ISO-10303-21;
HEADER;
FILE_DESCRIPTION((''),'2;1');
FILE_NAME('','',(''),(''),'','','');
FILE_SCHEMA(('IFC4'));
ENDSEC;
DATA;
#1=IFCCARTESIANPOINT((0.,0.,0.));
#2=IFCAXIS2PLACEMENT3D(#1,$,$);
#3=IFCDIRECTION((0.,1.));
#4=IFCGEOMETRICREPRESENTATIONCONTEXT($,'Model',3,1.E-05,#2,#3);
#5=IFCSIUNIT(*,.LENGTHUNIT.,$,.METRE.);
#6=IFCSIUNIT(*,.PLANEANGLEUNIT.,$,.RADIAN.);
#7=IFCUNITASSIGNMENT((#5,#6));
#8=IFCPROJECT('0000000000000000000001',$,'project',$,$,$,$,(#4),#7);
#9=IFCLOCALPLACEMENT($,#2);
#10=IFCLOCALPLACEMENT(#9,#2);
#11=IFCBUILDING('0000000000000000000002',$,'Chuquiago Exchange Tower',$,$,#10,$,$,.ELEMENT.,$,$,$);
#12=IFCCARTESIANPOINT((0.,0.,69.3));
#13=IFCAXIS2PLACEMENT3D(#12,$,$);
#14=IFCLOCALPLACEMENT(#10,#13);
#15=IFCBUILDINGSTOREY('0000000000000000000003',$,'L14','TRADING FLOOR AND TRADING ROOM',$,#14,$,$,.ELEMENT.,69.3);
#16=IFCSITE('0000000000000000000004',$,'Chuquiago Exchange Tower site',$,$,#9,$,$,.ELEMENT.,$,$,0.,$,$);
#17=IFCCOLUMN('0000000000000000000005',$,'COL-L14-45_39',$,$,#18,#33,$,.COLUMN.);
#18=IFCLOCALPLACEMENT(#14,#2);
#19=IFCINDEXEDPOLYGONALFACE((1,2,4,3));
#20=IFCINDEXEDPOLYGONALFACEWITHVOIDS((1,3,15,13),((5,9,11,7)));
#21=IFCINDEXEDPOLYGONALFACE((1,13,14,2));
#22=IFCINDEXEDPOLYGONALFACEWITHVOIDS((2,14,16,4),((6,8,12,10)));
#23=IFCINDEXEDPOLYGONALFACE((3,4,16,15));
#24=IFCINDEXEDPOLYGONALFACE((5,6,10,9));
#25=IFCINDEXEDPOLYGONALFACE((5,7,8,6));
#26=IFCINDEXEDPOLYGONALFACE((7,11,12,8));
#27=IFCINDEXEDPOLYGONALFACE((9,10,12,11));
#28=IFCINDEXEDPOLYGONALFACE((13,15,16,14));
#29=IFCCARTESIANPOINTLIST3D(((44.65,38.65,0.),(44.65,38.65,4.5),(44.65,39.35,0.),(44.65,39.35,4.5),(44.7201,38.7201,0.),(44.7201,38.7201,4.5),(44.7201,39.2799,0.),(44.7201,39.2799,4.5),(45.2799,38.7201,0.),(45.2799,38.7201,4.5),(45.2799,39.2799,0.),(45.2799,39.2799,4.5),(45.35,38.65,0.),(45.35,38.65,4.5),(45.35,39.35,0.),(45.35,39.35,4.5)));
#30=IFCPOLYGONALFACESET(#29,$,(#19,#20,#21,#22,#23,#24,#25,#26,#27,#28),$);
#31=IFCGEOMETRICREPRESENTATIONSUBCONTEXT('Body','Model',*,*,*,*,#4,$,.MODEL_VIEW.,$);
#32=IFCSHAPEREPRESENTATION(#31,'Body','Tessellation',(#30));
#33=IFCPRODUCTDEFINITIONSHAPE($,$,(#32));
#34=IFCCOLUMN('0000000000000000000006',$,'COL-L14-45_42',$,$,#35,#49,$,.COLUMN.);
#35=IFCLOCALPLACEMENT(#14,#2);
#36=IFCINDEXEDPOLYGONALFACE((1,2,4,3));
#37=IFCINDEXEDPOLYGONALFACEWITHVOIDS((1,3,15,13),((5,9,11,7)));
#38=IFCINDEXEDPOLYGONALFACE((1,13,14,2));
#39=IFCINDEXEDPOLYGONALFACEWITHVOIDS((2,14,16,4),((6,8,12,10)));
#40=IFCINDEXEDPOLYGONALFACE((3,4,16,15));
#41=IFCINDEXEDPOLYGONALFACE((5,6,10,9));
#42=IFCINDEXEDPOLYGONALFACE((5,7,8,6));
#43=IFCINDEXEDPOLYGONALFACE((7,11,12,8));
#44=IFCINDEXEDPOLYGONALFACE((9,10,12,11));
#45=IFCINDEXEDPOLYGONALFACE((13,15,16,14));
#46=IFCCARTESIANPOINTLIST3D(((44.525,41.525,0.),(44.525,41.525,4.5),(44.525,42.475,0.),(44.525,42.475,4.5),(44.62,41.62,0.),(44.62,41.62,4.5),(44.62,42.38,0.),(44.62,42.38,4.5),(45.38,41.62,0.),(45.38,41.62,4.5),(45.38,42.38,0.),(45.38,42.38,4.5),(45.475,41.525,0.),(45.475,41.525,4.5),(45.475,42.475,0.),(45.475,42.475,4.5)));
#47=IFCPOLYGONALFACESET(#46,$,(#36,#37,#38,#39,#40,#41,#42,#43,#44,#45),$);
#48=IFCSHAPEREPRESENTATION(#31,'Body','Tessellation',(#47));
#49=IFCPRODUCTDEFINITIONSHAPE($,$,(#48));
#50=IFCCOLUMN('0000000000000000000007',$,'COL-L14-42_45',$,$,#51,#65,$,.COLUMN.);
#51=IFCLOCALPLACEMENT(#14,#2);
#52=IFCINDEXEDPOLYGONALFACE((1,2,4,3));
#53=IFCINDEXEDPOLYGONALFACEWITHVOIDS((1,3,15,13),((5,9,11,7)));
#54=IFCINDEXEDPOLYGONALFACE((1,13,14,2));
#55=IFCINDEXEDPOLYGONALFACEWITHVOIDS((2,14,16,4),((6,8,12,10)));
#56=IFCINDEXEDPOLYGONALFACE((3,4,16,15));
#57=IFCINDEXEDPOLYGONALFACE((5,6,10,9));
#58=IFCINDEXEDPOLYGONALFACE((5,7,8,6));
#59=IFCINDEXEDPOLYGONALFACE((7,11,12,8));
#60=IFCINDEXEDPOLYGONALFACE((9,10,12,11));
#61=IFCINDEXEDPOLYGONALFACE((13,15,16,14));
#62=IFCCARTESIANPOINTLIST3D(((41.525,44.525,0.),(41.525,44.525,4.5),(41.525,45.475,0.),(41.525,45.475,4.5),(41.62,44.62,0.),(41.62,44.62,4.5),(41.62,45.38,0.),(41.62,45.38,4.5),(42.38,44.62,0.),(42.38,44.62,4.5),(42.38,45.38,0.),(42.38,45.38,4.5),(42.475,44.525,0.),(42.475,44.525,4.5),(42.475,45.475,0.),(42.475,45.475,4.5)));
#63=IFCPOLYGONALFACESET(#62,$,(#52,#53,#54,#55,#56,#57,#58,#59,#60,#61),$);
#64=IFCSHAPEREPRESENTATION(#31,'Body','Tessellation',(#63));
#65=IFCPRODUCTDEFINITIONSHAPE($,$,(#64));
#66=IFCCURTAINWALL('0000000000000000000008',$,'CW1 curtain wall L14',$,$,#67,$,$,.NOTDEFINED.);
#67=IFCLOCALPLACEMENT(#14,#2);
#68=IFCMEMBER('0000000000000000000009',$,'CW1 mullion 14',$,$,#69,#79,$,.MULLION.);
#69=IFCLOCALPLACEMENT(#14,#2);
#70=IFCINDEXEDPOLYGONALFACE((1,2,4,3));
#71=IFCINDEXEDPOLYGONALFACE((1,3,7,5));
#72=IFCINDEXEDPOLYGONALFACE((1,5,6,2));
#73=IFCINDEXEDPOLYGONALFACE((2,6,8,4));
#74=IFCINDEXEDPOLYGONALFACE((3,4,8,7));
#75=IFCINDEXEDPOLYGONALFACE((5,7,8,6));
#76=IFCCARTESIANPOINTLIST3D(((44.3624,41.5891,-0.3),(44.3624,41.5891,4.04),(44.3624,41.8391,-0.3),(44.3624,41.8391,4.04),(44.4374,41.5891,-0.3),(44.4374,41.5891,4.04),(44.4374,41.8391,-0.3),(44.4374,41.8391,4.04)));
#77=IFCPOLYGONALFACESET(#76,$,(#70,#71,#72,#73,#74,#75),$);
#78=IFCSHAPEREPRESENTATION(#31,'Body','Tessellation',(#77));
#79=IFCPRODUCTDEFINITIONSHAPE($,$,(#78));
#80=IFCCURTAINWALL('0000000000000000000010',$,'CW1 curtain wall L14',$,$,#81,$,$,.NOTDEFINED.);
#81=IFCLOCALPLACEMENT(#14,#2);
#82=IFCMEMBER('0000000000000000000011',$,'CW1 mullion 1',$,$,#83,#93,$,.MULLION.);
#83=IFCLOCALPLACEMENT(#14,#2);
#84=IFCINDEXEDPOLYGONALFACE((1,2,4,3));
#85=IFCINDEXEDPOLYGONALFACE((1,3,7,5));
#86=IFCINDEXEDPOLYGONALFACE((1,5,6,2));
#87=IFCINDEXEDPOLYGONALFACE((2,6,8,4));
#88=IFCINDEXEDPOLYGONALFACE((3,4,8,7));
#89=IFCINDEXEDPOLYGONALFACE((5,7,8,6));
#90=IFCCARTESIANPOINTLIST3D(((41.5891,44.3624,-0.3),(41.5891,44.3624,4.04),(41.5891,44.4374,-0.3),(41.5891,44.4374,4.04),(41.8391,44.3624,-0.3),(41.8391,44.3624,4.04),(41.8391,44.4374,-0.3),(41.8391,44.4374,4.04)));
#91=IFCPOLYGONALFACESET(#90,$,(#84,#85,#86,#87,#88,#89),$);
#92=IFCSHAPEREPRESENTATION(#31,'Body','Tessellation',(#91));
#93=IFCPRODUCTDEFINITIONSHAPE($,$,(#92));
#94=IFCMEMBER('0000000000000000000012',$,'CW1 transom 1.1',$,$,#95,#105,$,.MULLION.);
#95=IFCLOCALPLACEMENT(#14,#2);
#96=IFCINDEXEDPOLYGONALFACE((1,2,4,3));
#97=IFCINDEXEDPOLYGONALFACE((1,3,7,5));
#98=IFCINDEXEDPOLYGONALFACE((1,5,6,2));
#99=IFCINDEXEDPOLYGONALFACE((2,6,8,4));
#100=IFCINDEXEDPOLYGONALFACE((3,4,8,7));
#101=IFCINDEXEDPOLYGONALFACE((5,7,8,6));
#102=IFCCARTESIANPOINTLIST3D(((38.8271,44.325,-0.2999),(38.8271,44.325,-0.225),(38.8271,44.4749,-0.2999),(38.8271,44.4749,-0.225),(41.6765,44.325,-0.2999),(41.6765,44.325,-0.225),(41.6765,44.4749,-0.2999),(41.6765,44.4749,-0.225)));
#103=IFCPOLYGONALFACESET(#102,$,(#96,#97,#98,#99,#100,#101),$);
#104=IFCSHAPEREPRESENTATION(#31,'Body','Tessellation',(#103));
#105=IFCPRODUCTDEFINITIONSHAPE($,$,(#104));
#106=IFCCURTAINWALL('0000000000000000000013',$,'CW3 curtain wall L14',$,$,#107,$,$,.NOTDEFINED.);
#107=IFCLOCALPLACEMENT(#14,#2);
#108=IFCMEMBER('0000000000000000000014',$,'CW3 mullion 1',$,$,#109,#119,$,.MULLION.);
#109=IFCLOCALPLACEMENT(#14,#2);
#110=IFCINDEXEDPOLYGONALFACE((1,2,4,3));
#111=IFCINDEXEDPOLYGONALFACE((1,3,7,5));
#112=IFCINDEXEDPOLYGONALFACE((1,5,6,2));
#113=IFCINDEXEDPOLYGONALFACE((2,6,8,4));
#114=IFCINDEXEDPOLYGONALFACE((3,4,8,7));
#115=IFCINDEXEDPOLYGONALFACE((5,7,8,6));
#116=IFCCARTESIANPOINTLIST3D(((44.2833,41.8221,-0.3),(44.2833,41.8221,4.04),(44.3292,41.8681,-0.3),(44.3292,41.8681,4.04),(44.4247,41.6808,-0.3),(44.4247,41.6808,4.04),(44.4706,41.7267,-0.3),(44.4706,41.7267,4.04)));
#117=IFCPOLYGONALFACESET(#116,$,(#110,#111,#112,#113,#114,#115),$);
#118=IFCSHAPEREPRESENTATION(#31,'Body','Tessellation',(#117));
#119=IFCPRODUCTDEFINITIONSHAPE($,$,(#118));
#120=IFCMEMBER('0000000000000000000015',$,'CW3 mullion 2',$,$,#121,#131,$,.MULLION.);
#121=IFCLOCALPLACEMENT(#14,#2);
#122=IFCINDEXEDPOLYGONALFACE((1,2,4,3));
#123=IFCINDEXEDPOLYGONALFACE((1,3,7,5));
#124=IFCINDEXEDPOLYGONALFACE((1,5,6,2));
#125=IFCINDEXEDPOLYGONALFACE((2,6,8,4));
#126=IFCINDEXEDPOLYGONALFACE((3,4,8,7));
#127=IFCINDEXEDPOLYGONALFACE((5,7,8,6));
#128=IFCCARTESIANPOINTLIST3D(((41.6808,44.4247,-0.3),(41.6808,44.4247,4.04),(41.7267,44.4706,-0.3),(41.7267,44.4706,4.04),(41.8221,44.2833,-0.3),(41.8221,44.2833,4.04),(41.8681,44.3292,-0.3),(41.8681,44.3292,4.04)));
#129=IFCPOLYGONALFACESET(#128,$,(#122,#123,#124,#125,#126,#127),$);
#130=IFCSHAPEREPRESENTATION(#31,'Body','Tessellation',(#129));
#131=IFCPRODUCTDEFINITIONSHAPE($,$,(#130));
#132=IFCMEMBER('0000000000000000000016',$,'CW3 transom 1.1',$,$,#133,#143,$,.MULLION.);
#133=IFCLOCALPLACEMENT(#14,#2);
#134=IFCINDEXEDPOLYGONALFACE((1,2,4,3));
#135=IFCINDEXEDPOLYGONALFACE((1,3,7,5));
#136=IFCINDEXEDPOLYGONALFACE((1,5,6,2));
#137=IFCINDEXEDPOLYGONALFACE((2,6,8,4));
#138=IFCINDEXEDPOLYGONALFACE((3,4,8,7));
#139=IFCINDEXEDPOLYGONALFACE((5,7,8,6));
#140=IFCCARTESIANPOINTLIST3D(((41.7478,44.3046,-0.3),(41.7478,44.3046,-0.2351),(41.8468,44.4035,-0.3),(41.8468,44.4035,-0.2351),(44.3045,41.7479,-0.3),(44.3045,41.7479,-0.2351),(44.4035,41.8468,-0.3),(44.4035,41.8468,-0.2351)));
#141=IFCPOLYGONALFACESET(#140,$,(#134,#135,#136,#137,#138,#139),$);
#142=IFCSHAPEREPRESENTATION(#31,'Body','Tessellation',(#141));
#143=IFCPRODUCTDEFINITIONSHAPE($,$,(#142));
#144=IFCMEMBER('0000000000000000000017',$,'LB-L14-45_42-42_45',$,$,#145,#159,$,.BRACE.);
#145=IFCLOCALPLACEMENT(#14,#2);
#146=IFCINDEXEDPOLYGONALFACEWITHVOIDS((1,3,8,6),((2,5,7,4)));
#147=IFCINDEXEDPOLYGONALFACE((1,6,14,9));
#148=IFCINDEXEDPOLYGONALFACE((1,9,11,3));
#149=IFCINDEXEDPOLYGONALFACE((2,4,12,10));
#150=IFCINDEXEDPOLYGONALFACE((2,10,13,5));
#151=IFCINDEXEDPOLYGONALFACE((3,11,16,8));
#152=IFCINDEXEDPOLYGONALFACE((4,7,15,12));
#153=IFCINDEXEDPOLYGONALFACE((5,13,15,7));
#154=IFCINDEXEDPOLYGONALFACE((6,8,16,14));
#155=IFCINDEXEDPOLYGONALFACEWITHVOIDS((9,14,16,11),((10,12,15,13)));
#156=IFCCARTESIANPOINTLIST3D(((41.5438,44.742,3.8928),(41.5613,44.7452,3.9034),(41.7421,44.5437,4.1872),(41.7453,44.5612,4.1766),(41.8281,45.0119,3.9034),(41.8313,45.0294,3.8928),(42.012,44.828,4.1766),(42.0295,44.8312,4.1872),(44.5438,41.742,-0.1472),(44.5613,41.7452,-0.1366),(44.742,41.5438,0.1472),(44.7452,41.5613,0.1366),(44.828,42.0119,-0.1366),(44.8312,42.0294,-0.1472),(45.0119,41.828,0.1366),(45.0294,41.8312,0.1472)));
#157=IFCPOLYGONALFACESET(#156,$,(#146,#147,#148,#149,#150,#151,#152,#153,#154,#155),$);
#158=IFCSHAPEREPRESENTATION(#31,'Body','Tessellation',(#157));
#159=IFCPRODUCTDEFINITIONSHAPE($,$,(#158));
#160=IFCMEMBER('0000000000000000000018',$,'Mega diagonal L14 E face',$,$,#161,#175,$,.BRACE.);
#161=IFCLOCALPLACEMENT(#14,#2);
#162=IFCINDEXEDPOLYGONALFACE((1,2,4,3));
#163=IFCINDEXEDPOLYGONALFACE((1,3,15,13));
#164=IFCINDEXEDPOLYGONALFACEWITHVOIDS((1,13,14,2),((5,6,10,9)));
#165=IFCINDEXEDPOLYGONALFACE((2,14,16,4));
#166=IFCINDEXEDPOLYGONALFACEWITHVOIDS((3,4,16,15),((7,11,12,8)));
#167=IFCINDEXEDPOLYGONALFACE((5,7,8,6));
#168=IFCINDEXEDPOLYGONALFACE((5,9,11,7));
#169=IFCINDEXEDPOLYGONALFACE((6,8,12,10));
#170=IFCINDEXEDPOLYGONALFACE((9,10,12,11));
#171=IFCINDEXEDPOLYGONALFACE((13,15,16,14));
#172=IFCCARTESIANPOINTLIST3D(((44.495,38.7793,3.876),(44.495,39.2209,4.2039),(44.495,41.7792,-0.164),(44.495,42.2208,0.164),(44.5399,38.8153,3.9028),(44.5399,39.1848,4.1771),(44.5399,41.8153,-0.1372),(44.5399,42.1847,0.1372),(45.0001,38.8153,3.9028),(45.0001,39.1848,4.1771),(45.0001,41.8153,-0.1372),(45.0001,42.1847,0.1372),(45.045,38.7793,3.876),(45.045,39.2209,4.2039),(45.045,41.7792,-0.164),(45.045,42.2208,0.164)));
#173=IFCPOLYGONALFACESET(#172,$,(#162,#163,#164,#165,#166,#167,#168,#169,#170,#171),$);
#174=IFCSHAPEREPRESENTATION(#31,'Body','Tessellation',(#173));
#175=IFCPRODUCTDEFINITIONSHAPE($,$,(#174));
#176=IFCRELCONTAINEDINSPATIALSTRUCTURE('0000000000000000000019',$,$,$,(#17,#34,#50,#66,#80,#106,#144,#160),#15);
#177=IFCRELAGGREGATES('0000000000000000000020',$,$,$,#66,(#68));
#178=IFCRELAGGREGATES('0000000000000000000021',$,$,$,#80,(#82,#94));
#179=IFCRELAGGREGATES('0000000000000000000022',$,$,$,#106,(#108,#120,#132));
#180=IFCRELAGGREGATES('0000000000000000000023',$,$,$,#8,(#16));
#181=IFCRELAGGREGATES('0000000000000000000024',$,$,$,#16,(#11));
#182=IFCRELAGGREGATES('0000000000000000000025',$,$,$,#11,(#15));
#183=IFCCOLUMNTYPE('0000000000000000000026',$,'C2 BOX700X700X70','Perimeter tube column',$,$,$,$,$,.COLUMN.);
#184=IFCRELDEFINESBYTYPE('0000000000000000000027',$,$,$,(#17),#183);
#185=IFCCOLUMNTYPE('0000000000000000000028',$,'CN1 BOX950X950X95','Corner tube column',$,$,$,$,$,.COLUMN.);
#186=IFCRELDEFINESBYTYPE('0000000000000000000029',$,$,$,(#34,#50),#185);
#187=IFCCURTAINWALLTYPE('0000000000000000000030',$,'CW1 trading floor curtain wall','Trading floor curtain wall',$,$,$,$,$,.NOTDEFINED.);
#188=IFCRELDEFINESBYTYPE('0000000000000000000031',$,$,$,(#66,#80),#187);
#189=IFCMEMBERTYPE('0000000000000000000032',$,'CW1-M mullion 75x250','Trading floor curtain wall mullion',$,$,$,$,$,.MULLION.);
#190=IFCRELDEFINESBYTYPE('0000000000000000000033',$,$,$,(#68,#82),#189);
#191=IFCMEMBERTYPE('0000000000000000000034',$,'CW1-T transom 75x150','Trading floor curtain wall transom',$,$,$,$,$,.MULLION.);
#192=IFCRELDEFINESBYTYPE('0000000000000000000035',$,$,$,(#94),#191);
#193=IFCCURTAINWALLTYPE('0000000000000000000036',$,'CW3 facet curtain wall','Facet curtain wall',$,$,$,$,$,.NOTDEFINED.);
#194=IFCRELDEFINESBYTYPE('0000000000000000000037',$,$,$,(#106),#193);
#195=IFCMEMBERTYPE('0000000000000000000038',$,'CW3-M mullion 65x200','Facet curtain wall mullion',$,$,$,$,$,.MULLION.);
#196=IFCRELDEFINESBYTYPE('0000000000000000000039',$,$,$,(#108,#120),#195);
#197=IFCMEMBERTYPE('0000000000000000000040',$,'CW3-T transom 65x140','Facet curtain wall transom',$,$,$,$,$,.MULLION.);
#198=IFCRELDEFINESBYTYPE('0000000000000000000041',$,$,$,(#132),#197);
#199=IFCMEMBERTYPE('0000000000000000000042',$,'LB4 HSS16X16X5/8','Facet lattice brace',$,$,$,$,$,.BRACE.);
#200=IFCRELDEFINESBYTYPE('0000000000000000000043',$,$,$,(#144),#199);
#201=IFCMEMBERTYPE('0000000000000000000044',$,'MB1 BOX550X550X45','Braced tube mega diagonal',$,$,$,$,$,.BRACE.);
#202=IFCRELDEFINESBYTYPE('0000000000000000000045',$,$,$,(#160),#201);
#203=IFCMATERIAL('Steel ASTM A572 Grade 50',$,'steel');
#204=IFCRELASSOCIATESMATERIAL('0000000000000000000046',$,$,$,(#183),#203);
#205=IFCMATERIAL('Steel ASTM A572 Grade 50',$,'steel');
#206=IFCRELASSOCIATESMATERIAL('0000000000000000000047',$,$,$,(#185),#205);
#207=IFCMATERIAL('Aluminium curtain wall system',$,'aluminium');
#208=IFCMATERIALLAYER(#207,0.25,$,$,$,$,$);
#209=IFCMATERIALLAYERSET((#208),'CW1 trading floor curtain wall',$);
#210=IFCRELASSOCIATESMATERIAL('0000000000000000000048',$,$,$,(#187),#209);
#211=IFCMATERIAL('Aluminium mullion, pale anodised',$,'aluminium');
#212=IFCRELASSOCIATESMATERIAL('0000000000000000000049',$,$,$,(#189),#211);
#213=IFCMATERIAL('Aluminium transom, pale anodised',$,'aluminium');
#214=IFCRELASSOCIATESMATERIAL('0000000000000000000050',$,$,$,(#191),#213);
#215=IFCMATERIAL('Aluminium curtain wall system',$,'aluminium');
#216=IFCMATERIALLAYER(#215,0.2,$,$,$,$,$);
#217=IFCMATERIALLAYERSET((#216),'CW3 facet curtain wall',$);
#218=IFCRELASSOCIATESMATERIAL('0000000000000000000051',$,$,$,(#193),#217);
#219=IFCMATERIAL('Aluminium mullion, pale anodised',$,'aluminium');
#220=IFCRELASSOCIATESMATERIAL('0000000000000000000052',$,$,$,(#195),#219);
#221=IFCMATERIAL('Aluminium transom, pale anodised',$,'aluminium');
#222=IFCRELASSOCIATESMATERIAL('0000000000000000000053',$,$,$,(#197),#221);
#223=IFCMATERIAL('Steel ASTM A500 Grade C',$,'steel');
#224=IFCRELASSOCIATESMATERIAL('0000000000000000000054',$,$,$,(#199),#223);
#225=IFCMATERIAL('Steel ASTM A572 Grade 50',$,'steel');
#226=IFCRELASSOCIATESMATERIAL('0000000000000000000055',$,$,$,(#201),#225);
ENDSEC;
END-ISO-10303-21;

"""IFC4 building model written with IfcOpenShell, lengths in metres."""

from ifc_helpers import new_model, si_unit, direction, frame, origin, origin_2d, place, context, subcontext, project, spatial, rectangle, hollow_rectangle, extrude, material, layer, layer_set, material_profile, profile_set, type_object, element, aggregate, save


model = new_model("IFC4")

# Units and contexts
model_context = context("Model", 3, precision=1e-05, world=origin(), true_north=direction((0.0, 1.0)))
body_context = subcontext(model_context, "Body", "Model", "MODEL_VIEW")
ifc_project = project(units=[si_unit("LENGTHUNIT", "METRE"), si_unit("PLANEANGLEUNIT", "RADIAN")], contexts=[model_context])

# Site, building, storey
site_placement = place(None, origin())
site = spatial("IfcSite", under=ifc_project, at=site_placement, Name="Chuquiago Exchange Tower site", CompositionType="ELEMENT", RefElevation=0.0)
building_placement = place(site_placement, origin())
building = spatial("IfcBuilding", under=site, at=building_placement, Name="Chuquiago Exchange Tower", CompositionType="ELEMENT")
storey_placement = place(building_placement, frame((0.0, 0.0, 69.3)))
storey = spatial("IfcBuildingStorey", under=building, at=storey_placement, Name="L14", Description="TRADING FLOOR AND TRADING ROOM", CompositionType="ELEMENT", Elevation=69.3)

# Columns
ifc_material_1 = material(Name="Steel ASTM A572 Grade 50", Category="steel")
ifc_material_profile_1 = material_profile(ifc_material_1, hollow_rectangle(XDim=0.7, YDim=0.7, WallThickness=0.0701, at=origin_2d()), Name="BOX700X700X70")
ifc_profile_set_1 = profile_set([ifc_material_profile_1], Name="Steel ASTM A572 Grade 50")
column_type_1 = type_object("IfcColumnType", Name="C2 BOX700X700X70", Description="Perimeter tube column", PredefinedType="COLUMN", material=ifc_profile_set_1)
column_placement = place(storey_placement, frame((45.0, 39.0, 0.0), z_axis=(0.0, 0.0, 1.0), x_axis=(1.0, 0.0, 0.0)))
element("IfcColumn", 1, at=column_placement, inside=storey, type_object=column_type_1, Name="COL-L14-45_39", PredefinedType="COLUMN", context=body_context, shape_type="SweptSolid", body=[
    extrude(hollow_rectangle(XDim=0.7, YDim=0.7, WallThickness=0.0701, at=origin_2d()), origin(), (0.0, 0.0, 1.0), 4.5),
])
ifc_material_2 = material(Name="Steel ASTM A572 Grade 50", Category="steel")
ifc_material_profile_2 = material_profile(ifc_material_2, hollow_rectangle(XDim=0.95, YDim=0.95, WallThickness=0.095, at=origin_2d()), Name="BOX950X950X95")
ifc_profile_set_2 = profile_set([ifc_material_profile_2], Name="Steel ASTM A572 Grade 50")
column_type_2 = type_object("IfcColumnType", Name="CN1 BOX950X950X95", Description="Corner tube column", PredefinedType="COLUMN", material=ifc_profile_set_2)
for number, where, z_axis, x_axis, name in (
    (2, (45.0, 42.0, 0.0), (0.0, 0.0, 1.0), (1.0, 0.0, 0.0), "COL-L14-45_42"),
    (3, (42.0, 45.0, 0.0), (0.0, 0.0, 1.0), (0.0, 1.0, 0.0), "COL-L14-42_45"),
):
    element("IfcColumn", number, at=place(storey_placement, frame(where, z_axis=z_axis, x_axis=x_axis)), inside=storey, type_object=column_type_2, Name=name, PredefinedType="COLUMN", context=body_context, shape_type="SweptSolid", body=[
        extrude(hollow_rectangle(XDim=0.95, YDim=0.95, WallThickness=0.095, at=origin_2d()), origin(), (0.0, 0.0, 1.0), 4.5),
    ])

# Curtain wall, member
ifc_material_3 = material(Name="Aluminium curtain wall system", Category="aluminium")
ifc_layer_1 = layer(ifc_material_3, 0.25)
ifc_layer_set_1 = layer_set([ifc_layer_1], Name="CW1 trading floor curtain wall")
curtain_wall_type_1 = type_object("IfcCurtainWallType", Name="CW1 trading floor curtain wall", Description="Trading floor curtain wall", PredefinedType="NOTDEFINED", material=ifc_layer_set_1)
curtain_wall_1_placement = place(storey_placement, origin())
curtain_wall_1 = element("IfcCurtainWall", 4, at=curtain_wall_1_placement, inside=storey, type_object=curtain_wall_type_1, Name="CW1 curtain wall L14", PredefinedType="NOTDEFINED")
ifc_material_4 = material(Name="Aluminium mullion, pale anodised", Category="aluminium")
ifc_material_profile_3 = material_profile(ifc_material_4, rectangle(XDim=0.075, YDim=0.25, at=origin_2d()), Name="AL 75x250")
ifc_profile_set_3 = profile_set([ifc_material_profile_3], Name="Aluminium mullion, pale anodised")
member_type_1 = type_object("IfcMemberType", Name="CW1-M mullion 75x250", Description="Trading floor curtain wall mullion", PredefinedType="MULLION", material=ifc_profile_set_3)
member_1_placement = place(storey_placement, frame((44.3999, 41.7141, -0.3), z_axis=(0.0, 0.0, 1.0), x_axis=(-1.0, 0.0, 0.0)))
member_1 = element("IfcMember", 5, at=member_1_placement, type_object=member_type_1, Name="CW1 mullion 14", PredefinedType="MULLION", context=body_context, shape_type="SweptSolid", body=[
    extrude(rectangle(XDim=0.075, YDim=0.25, at=origin_2d()), origin(), (0.0, 0.0, 1.0), 4.3401),
])

# Curtain walls, members
curtain_wall_2_placement = place(storey_placement, origin())
curtain_wall_2 = element("IfcCurtainWall", 6, at=curtain_wall_2_placement, inside=storey, type_object=curtain_wall_type_1, Name="CW1 curtain wall L14", PredefinedType="NOTDEFINED")
member_2_placement = place(storey_placement, frame((41.7141, 44.3999, -0.3), z_axis=(0.0, 0.0, 1.0), x_axis=(0.0, -1.0, 0.0)))
member_2 = element("IfcMember", 7, at=member_2_placement, type_object=member_type_1, Name="CW1 mullion 1", PredefinedType="MULLION", context=body_context, shape_type="SweptSolid", body=[
    extrude(rectangle(XDim=0.075, YDim=0.25, at=origin_2d()), origin(), (0.0, 0.0, 1.0), 4.3401),
])
ifc_material_5 = material(Name="Aluminium transom, pale anodised", Category="aluminium")
ifc_material_profile_4 = material_profile(ifc_material_5, rectangle(XDim=0.1499, YDim=0.075, at=origin_2d()), Name="AL 150x75")
ifc_profile_set_4 = profile_set([ifc_material_profile_4], Name="Aluminium transom, pale anodised")
member_type_2 = type_object("IfcMemberType", Name="CW1-T transom 75x150", Description="Trading floor curtain wall transom", PredefinedType="MULLION", material=ifc_profile_set_4)
member_3_placement = place(storey_placement, frame((41.6765, 44.3999, -0.2625), z_axis=(-1.0, 0.0, 0.0), x_axis=(0.0, -1.0, 0.0)))
member_3 = element("IfcMember", 8, at=member_3_placement, type_object=member_type_2, Name="CW1 transom 1.1", PredefinedType="MULLION", context=body_context, shape_type="SweptSolid", body=[
    extrude(rectangle(XDim=0.1499, YDim=0.075, at=origin_2d()), origin(), (0.0, 0.0, 1.0), 2.8494),
])
ifc_material_6 = material(Name="Aluminium curtain wall system", Category="aluminium")
ifc_layer_2 = layer(ifc_material_6, 0.2)
ifc_layer_set_2 = layer_set([ifc_layer_2], Name="CW3 facet curtain wall")
curtain_wall_type_2 = type_object("IfcCurtainWallType", Name="CW3 facet curtain wall", Description="Facet curtain wall", PredefinedType="NOTDEFINED", material=ifc_layer_set_2)
curtain_wall_3_placement = place(storey_placement, origin())
curtain_wall_3 = element("IfcCurtainWall", 9, at=curtain_wall_3_placement, inside=storey, type_object=curtain_wall_type_2, Name="CW3 curtain wall L14", PredefinedType="NOTDEFINED")
ifc_material_7 = material(Name="Aluminium mullion, pale anodised", Category="aluminium")
ifc_material_profile_5 = material_profile(ifc_material_7, rectangle(XDim=0.0649, YDim=0.2, at=origin_2d()), Name="AL 65x200")
ifc_profile_set_5 = profile_set([ifc_material_profile_5], Name="Aluminium mullion, pale anodised")
member_type_3 = type_object("IfcMemberType", Name="CW3-M mullion 65x200", Description="Facet curtain wall mullion", PredefinedType="MULLION", material=ifc_profile_set_5)
member_4_placement = place(storey_placement, frame((44.377, 41.7744, -0.3), z_axis=(0.0, 0.0, 1.0), x_axis=(-0.707107, -0.707107, 0.0)))
member_4 = element("IfcMember", 10, at=member_4_placement, type_object=member_type_3, Name="CW3 mullion 1", PredefinedType="MULLION", context=body_context, shape_type="SweptSolid", body=[
    extrude(rectangle(XDim=0.0649, YDim=0.2, at=origin_2d()), origin(), (0.0, 0.0, 1.0), 4.3401),
])
member_5_placement = place(storey_placement, frame((41.7744, 44.377, -0.3), z_axis=(0.0, 0.0, 1.0), x_axis=(-0.707107, -0.707107, 0.0)))
member_5 = element("IfcMember", 11, at=member_5_placement, type_object=member_type_3, Name="CW3 mullion 2", PredefinedType="MULLION", context=body_context, shape_type="SweptSolid", body=[
    extrude(rectangle(XDim=0.0649, YDim=0.2, at=origin_2d()), origin(), (0.0, 0.0, 1.0), 4.3401),
])
ifc_material_8 = material(Name="Aluminium transom, pale anodised", Category="aluminium")
ifc_material_profile_6 = material_profile(ifc_material_8, rectangle(XDim=0.1399, YDim=0.0649, at=origin_2d()), Name="AL 140x65")
ifc_profile_set_6 = profile_set([ifc_material_profile_6], Name="Aluminium transom, pale anodised")
member_type_4 = type_object("IfcMemberType", Name="CW3-T transom 65x140", Description="Facet curtain wall transom", PredefinedType="MULLION", material=ifc_profile_set_6)
member_6_placement = place(storey_placement, frame((44.354, 41.7974, -0.2676), z_axis=(-0.707107, 0.707107, 0.0), x_axis=(-0.707107, -0.707107, 0.0)))
member_6 = element("IfcMember", 12, at=member_6_placement, type_object=member_type_4, Name="CW3 transom 1.1", PredefinedType="MULLION", context=body_context, shape_type="SweptSolid", body=[
    extrude(rectangle(XDim=0.1399, YDim=0.0649, at=origin_2d()), origin(), (0.0, 0.0, 1.0), 3.6157),
])

# Members
ifc_material_9 = material(Name="Steel ASTM A500 Grade C", Category="steel")
ifc_material_profile_7 = material_profile(ifc_material_9, hollow_rectangle(XDim=0.4065, YDim=0.4065, WallThickness=0.0146, at=origin_2d()), Name="HSS16X16X5/8")
ifc_profile_set_7 = profile_set([ifc_material_profile_7], Name="Steel ASTM A500 Grade C")
member_type_5 = type_object("IfcMemberType", Name="LB4 HSS16X16X5/8", Description="Facet lattice brace", PredefinedType="BRACE", material=ifc_profile_set_7)
member_7_placement = place(storey_placement, frame((44.7866, 41.7866, 0.0), z_axis=(-0.512077, 0.512077, 0.689604), x_axis=(-0.707107, -0.707107, 0.0)))
element("IfcMember", 13, at=member_7_placement, inside=storey, type_object=member_type_5, Name="LB-L14-45_42-42_45", PredefinedType="BRACE", context=body_context, shape_type="SweptSolid", body=[
    extrude(hollow_rectangle(XDim=0.4065, YDim=0.4065, WallThickness=0.0146, at=origin_2d()), origin(), (0.0, 0.0, 1.0), 5.8584),
])
ifc_material_10 = material(Name="Steel ASTM A572 Grade 50", Category="steel")
ifc_material_profile_8 = material_profile(ifc_material_10, hollow_rectangle(XDim=0.55, YDim=0.55, WallThickness=0.0449, at=origin_2d()), Name="BOX550X550X45")
ifc_profile_set_8 = profile_set([ifc_material_profile_8], Name="Steel ASTM A572 Grade 50")
member_type_6 = type_object("IfcMemberType", Name="MB1 BOX550X550X45", Description="Braced tube mega diagonal", PredefinedType="BRACE", material=ifc_profile_set_8)
for number, where, z_axis, x_axis, name in (
    (14, (44.77, 42.0, 0.0), (0.0, -0.596174, 0.802855), (1.0, 0.0, 0.0), "Mega diagonal L14 E face"),
):
    element("IfcMember", number, at=place(storey_placement, frame(where, z_axis=z_axis, x_axis=x_axis)), inside=storey, type_object=member_type_6, Name=name, PredefinedType="BRACE", context=body_context, shape_type="SweptSolid", body=[
        extrude(hollow_rectangle(XDim=0.55, YDim=0.55, WallThickness=0.0449, at=origin_2d()), origin(), (0.0, 0.0, 1.0), 5.032),
    ])

aggregate(curtain_wall_1, [member_1])
aggregate(curtain_wall_2, [member_2, member_3])
aggregate(curtain_wall_3, [member_4, member_5, member_6])

save(model, "model.ifc")
